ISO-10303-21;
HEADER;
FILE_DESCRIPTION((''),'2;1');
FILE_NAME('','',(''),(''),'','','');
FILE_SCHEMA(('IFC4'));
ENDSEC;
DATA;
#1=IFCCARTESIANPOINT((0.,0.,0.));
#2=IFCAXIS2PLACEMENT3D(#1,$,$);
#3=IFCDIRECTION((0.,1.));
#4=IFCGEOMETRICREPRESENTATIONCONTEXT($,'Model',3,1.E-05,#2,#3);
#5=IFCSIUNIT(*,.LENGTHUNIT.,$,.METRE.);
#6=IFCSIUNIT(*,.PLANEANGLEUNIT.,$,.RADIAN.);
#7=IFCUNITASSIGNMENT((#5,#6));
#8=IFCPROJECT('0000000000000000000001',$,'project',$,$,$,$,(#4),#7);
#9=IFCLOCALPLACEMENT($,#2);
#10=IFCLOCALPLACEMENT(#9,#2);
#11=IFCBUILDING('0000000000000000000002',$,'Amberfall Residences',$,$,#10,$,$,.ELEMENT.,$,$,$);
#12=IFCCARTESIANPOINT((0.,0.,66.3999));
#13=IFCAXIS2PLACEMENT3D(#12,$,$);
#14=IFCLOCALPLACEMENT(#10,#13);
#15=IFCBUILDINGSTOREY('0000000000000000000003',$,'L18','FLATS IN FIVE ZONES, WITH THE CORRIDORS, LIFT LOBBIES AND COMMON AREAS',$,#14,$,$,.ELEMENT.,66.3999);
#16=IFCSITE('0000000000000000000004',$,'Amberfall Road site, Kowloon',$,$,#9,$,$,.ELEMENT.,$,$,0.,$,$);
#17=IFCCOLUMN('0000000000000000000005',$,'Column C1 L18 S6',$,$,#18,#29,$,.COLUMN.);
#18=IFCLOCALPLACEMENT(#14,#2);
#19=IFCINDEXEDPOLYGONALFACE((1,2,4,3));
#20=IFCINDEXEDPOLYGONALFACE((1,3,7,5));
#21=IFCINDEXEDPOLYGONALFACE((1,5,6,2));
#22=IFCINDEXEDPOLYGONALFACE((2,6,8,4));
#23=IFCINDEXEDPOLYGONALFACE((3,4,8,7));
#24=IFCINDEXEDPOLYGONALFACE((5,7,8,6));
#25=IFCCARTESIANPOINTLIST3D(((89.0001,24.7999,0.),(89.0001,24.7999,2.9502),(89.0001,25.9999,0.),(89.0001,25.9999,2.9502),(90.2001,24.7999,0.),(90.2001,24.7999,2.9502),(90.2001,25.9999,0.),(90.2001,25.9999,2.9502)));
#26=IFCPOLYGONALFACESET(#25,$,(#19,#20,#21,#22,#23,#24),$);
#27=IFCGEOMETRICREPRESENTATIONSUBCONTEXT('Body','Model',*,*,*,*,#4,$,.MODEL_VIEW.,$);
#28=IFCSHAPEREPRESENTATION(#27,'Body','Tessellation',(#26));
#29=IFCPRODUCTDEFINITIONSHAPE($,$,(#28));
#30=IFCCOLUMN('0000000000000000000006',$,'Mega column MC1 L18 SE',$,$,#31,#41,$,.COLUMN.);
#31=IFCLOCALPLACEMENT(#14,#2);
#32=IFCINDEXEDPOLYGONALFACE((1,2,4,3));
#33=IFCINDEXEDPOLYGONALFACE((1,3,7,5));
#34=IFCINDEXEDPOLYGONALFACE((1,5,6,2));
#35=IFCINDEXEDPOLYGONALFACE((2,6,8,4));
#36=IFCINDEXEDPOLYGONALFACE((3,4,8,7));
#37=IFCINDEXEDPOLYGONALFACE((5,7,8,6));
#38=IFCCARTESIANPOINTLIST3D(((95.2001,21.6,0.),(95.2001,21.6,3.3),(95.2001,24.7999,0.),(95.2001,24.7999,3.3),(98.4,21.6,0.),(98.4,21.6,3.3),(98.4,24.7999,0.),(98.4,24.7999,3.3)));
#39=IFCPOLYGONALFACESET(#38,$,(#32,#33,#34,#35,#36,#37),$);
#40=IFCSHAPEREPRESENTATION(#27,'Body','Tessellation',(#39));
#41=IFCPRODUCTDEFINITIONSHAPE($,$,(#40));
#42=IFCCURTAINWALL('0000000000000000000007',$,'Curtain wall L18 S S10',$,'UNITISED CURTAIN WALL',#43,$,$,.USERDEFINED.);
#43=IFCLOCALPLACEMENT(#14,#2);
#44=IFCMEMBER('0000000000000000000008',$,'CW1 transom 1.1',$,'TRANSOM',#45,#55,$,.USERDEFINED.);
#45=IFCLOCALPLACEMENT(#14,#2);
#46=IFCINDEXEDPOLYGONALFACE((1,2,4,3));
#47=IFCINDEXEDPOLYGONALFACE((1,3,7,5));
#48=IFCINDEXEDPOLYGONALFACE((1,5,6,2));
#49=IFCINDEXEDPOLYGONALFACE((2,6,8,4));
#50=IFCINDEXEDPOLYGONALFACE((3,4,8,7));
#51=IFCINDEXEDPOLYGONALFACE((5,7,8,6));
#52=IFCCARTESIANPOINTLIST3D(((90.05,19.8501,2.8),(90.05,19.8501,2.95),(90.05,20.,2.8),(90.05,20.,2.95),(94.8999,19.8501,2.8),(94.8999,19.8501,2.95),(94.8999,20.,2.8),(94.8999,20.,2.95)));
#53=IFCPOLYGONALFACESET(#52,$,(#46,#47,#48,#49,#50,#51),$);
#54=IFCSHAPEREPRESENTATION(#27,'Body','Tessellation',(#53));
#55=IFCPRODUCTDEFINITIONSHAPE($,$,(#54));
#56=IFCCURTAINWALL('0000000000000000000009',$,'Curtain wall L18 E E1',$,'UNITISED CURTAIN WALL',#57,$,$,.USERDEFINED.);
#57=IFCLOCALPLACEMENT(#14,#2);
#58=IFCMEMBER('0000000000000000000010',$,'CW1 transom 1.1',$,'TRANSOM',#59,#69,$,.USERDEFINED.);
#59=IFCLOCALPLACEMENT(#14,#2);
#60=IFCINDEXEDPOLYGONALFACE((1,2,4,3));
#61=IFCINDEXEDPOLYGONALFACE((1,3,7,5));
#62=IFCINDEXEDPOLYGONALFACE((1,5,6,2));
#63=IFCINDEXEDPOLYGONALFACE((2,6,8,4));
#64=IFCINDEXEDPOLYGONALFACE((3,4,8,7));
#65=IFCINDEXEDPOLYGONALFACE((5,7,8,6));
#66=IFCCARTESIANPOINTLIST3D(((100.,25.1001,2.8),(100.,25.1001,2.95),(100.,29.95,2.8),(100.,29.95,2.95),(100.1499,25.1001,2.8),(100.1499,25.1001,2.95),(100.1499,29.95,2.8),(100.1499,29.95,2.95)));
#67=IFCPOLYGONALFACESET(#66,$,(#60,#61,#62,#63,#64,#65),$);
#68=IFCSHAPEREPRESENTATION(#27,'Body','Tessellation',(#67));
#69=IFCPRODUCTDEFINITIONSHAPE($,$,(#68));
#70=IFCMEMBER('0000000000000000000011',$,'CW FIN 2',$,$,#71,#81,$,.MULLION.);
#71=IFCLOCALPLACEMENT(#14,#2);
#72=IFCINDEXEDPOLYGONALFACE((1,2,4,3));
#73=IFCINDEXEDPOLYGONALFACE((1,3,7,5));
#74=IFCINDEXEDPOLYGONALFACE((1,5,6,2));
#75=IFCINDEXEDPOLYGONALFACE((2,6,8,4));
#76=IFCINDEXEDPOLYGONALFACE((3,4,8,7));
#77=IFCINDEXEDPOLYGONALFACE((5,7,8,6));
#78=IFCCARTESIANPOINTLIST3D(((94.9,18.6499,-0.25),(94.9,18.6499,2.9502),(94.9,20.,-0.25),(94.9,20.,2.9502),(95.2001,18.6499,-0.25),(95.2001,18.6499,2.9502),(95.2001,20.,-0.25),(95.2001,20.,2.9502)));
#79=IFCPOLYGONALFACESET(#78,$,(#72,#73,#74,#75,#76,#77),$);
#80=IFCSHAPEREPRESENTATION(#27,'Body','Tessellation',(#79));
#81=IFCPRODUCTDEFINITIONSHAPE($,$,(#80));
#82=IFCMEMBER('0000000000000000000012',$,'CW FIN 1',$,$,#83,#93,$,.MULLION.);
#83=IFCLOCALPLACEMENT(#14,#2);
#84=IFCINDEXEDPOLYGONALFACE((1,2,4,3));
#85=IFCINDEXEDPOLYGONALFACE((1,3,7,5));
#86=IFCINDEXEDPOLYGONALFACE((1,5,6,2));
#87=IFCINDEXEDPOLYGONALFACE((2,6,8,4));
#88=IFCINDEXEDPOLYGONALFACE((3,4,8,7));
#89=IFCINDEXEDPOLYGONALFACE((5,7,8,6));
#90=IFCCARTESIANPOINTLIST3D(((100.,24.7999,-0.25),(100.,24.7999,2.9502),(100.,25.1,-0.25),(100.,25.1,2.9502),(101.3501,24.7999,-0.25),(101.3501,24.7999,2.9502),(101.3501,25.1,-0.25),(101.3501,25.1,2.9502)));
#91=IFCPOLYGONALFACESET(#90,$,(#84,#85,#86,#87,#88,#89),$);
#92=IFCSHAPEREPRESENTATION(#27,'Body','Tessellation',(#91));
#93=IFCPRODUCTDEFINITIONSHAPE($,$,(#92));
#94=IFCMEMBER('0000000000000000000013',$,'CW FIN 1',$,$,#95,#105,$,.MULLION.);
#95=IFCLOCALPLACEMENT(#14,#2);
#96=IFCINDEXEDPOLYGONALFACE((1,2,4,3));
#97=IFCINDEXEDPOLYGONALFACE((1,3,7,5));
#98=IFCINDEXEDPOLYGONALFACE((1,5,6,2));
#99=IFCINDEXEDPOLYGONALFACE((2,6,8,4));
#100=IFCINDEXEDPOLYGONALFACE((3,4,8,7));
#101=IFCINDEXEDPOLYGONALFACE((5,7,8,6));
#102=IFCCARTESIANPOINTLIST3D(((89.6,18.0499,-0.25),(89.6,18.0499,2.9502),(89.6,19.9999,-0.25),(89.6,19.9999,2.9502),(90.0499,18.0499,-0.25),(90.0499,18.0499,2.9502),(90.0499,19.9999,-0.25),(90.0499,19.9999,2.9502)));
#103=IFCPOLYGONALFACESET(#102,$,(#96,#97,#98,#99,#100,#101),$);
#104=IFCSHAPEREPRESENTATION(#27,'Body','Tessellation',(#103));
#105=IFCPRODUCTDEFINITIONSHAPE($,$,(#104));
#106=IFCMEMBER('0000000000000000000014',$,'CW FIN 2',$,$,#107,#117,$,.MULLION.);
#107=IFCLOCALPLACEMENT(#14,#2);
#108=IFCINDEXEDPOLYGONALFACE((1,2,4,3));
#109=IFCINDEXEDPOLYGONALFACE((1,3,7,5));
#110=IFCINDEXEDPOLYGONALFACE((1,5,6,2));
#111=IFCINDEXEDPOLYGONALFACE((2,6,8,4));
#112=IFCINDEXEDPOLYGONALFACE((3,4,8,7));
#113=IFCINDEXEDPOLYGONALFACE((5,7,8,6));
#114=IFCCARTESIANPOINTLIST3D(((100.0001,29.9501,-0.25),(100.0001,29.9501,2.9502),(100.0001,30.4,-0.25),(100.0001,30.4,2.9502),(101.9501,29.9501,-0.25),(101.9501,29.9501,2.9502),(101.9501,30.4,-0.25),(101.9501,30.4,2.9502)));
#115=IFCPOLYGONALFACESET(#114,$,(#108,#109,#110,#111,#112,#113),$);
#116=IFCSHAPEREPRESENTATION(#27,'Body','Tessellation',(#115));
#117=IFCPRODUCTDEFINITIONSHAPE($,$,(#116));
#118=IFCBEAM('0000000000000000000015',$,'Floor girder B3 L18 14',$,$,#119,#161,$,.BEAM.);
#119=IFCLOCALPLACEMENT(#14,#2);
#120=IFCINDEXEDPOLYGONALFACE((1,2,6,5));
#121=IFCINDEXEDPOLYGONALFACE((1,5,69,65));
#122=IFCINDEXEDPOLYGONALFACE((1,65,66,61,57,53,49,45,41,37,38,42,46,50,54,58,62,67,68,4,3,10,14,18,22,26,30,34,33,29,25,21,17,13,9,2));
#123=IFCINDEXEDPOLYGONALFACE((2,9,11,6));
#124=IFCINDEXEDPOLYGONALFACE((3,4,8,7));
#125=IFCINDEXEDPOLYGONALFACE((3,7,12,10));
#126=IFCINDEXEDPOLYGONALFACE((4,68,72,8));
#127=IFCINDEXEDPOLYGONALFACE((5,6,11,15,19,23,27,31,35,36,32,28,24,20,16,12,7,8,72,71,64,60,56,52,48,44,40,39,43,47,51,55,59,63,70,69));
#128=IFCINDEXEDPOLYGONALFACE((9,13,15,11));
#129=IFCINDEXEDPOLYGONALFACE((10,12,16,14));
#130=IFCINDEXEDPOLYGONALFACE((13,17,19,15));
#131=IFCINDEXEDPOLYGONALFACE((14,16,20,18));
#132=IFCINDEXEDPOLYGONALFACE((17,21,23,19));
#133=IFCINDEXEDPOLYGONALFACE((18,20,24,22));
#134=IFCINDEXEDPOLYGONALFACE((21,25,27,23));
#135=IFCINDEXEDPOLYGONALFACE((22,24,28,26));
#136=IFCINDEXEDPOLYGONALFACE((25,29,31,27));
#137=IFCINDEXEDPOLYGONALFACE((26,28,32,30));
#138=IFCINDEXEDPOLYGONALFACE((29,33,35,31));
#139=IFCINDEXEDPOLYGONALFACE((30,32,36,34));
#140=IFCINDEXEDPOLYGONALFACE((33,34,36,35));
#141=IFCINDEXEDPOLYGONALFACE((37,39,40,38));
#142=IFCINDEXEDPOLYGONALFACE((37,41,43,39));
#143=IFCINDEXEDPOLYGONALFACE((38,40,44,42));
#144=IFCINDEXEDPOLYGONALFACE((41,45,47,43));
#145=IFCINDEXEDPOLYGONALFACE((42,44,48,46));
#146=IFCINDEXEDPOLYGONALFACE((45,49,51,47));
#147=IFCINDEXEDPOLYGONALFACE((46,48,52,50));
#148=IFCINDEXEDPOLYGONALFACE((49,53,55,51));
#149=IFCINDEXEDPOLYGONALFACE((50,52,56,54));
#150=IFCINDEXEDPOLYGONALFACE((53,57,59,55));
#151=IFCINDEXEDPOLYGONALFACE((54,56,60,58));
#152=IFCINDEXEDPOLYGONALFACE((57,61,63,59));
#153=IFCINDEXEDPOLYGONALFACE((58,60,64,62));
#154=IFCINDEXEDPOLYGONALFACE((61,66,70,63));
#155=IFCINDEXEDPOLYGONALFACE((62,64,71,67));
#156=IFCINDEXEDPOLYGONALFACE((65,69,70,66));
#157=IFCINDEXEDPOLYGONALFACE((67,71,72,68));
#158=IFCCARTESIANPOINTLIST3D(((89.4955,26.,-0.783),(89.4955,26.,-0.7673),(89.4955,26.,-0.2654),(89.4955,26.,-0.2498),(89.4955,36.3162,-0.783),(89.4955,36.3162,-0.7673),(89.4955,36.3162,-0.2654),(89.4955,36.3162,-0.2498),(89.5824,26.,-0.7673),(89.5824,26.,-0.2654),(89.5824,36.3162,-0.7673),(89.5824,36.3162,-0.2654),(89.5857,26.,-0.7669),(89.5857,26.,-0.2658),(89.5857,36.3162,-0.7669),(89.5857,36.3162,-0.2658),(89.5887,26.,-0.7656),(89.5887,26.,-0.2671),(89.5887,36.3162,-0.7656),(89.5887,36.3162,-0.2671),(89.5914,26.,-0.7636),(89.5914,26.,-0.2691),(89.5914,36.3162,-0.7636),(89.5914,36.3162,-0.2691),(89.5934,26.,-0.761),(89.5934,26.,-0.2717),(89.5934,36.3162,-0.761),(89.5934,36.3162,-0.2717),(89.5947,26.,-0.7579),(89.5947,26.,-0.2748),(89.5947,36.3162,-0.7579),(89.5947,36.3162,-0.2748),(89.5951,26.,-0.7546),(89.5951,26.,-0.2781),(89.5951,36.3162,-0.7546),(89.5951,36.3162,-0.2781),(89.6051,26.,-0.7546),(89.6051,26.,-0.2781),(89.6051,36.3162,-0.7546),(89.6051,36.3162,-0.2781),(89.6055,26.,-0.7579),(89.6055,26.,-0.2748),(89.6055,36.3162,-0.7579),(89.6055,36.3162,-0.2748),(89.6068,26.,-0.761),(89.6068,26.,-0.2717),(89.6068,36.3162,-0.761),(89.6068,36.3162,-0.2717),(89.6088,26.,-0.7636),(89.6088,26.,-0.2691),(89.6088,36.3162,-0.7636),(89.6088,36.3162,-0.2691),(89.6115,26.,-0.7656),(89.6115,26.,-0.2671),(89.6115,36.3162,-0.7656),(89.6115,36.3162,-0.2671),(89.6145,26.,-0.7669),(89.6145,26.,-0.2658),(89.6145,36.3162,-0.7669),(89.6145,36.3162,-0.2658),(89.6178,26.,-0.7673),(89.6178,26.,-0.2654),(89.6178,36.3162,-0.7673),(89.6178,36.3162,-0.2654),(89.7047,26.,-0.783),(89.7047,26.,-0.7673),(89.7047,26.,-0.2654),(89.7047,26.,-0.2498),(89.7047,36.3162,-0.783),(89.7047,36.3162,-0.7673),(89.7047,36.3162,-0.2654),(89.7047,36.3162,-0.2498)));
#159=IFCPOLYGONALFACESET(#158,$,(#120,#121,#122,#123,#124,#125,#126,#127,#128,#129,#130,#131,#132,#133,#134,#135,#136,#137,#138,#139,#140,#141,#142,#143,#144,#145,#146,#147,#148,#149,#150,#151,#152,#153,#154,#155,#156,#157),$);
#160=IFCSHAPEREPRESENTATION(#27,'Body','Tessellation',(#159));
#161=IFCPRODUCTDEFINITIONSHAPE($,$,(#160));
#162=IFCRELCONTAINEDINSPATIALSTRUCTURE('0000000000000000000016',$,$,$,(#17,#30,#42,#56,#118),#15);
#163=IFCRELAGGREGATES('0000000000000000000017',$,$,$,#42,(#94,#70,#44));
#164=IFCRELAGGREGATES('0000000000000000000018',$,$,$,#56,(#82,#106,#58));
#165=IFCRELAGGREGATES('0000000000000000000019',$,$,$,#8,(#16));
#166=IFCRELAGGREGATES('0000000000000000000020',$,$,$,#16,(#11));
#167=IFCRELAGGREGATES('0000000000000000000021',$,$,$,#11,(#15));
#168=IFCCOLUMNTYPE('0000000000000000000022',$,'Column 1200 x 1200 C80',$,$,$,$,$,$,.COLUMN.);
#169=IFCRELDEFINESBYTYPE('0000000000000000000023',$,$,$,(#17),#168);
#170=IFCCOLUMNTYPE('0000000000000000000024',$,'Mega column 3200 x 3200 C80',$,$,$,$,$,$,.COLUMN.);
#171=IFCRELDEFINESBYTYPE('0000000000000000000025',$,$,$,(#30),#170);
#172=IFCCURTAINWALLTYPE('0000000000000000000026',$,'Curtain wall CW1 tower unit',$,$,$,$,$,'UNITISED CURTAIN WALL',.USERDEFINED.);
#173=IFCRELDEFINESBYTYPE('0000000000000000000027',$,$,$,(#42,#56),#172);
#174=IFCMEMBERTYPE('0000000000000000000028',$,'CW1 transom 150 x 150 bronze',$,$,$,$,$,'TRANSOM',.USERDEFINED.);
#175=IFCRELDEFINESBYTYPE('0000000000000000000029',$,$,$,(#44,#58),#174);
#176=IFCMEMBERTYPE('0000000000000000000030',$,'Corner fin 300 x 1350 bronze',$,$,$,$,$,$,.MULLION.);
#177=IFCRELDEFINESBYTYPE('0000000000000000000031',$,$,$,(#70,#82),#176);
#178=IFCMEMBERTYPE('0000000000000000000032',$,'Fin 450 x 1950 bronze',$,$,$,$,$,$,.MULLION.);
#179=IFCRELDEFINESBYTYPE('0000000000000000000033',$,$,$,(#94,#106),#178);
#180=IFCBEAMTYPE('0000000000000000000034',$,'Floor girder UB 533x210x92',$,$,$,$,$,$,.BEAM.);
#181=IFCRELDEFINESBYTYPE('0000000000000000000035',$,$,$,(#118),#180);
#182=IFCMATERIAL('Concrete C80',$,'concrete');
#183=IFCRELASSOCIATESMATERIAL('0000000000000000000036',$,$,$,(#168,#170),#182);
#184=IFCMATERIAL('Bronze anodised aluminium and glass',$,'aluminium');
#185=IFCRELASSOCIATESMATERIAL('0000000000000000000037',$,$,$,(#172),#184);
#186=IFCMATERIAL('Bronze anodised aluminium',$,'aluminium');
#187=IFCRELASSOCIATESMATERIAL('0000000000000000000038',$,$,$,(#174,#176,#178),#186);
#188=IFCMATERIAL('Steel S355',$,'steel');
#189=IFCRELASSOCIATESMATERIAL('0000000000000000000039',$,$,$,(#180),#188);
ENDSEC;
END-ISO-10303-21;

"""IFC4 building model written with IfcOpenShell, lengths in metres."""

from ifc_helpers import new_model, si_unit, direction, frame, origin, origin_2d, place, context, subcontext, project, spatial, rectangle, i_section, extrude, material, material_profile, profile_set, type_object, element, aggregate, save


model = new_model("IFC4")

# Units and contexts
model_context = context("Model", 3, precision=1e-05, world=origin(), true_north=direction((0.0, 1.0)))
body_context = subcontext(model_context, "Body", "Model", "MODEL_VIEW")
ifc_project = project(units=[si_unit("LENGTHUNIT", "METRE"), si_unit("PLANEANGLEUNIT", "RADIAN")], contexts=[model_context])

# Site, building, storey
site_placement = place(None, origin())
site = spatial("IfcSite", under=ifc_project, at=site_placement, Name="Amberfall Road site, Kowloon", CompositionType="ELEMENT", RefElevation=0.0)
building_placement = place(site_placement, origin())
building = spatial("IfcBuilding", under=site, at=building_placement, Name="Amberfall Residences", CompositionType="ELEMENT")
storey_placement = place(building_placement, frame((0.0, 0.0, 66.3999)))
storey = spatial("IfcBuildingStorey", under=building, at=storey_placement, Name="L18", Description="FLATS IN FIVE ZONES, WITH THE CORRIDORS, LIFT LOBBIES AND COMMON AREAS", CompositionType="ELEMENT", Elevation=66.3999)

# Columns
ifc_material_1 = material(Name="Concrete C80", Category="concrete")
ifc_material_profile_1 = material_profile(ifc_material_1, rectangle(XDim=1.2, YDim=1.2, at=origin_2d()), Name="Column 1200 x 1200 C80")
ifc_profile_set_1 = profile_set([ifc_material_profile_1], Name="Concrete C80")
column_type_1 = type_object("IfcColumnType", Name="Column 1200 x 1200 C80", PredefinedType="COLUMN", material=ifc_profile_set_1)
column_1_placement = place(storey_placement, frame((89.6001, 25.3999, 0.0), z_axis=(0.0, 0.0, 1.0), x_axis=(1.0, 0.0, 0.0)))
element("IfcColumn", 1, at=column_1_placement, inside=storey, type_object=column_type_1, Name="Column C1 L18 S6", PredefinedType="COLUMN", context=body_context, shape_type="SweptSolid", body=[
    extrude(rectangle(XDim=1.2, YDim=1.2, at=origin_2d()), origin(), (0.0, 0.0, 1.0), 2.9502),
])
ifc_material_profile_2 = material_profile(ifc_material_1, rectangle(XDim=3.2, YDim=3.2, at=origin_2d()), Name="Mega column 3200 x 3200 C80")
ifc_profile_set_2 = profile_set([ifc_material_profile_2], Name="Concrete C80")
column_type_2 = type_object("IfcColumnType", Name="Mega column 3200 x 3200 C80", PredefinedType="COLUMN", material=ifc_profile_set_2)
column_2_placement = place(storey_placement, frame((96.8, 23.2, 0.0), z_axis=(0.0, 0.0, 1.0), x_axis=(1.0, 0.0, 0.0)))
element("IfcColumn", 2, at=column_2_placement, inside=storey, type_object=column_type_2, Name="Mega column MC1 L18 SE", PredefinedType="COLUMN", context=body_context, shape_type="SweptSolid", body=[
    extrude(rectangle(XDim=3.2, YDim=3.2, at=origin_2d()), origin(), (0.0, 0.0, 1.0), 3.3),
])

# Curtain walls, members
ifc_material_2 = material(Name="Bronze anodised aluminium and glass", Category="aluminium")
curtain_wall_type = type_object("IfcCurtainWallType", Name="Curtain wall CW1 tower unit", ElementType="UNITISED CURTAIN WALL", PredefinedType="USERDEFINED", material=ifc_material_2)
curtain_wall_1_placement = place(storey_placement, origin())
curtain_wall_1 = element("IfcCurtainWall", 3, at=curtain_wall_1_placement, inside=storey, type_object=curtain_wall_type, Name="Curtain wall L18 S S10", ObjectType="UNITISED CURTAIN WALL", PredefinedType="USERDEFINED")
ifc_material_3 = material(Name="Bronze anodised aluminium", Category="aluminium")
ifc_material_profile_3 = material_profile(ifc_material_3, rectangle(XDim=0.1499, YDim=0.1499, at=origin_2d()), Name="CW1 transom 150 x 150 bronze")
ifc_profile_set_3 = profile_set([ifc_material_profile_3], Name="Bronze anodised aluminium")
member_type_1 = type_object("IfcMemberType", Name="CW1 transom 150 x 150 bronze", ElementType="TRANSOM", PredefinedType="USERDEFINED", material=ifc_profile_set_3)
member_1_placement = place(storey_placement, frame((90.05, 19.925, 2.875), z_axis=(1.0, 0.0, 0.0), x_axis=(0.0, 1.0, 0.0)))
member_1 = element("IfcMember", 4, at=member_1_placement, type_object=member_type_1, Name="CW1 transom 1.1", ObjectType="TRANSOM", PredefinedType="USERDEFINED", context=body_context, shape_type="SweptSolid", body=[
    extrude(rectangle(XDim=0.1499, YDim=0.1499, at=origin_2d()), origin(), (0.0, 0.0, 1.0), 4.8499),
])
curtain_wall_2_placement = place(storey_placement, origin())
curtain_wall_2 = element("IfcCurtainWall", 5, at=curtain_wall_2_placement, inside=storey, type_object=curtain_wall_type, Name="Curtain wall L18 E E1", ObjectType="UNITISED CURTAIN WALL", PredefinedType="USERDEFINED")
member_2_placement = place(storey_placement, frame((100.075, 25.1001, 2.875), z_axis=(0.0, 1.0, 0.0), x_axis=(-1.0, 0.0, 0.0)))
member_2 = element("IfcMember", 6, at=member_2_placement, type_object=member_type_1, Name="CW1 transom 1.1", ObjectType="TRANSOM", PredefinedType="USERDEFINED", context=body_context, shape_type="SweptSolid", body=[
    extrude(rectangle(XDim=0.1499, YDim=0.1499, at=origin_2d()), origin(), (0.0, 0.0, 1.0), 4.8499),
])

# Members
ifc_material_profile_4 = material_profile(ifc_material_3, rectangle(XDim=1.3501, YDim=0.3, at=origin_2d()), Name="Corner fin 300 x 1350 bronze")
ifc_profile_set_4 = profile_set([ifc_material_profile_4], Name="Bronze anodised aluminium")
member_type_2 = type_object("IfcMemberType", Name="Corner fin 300 x 1350 bronze", PredefinedType="MULLION", material=ifc_profile_set_4)
member_3_placement = place(storey_placement, frame((95.05, 19.325, -0.25), z_axis=(0.0, 0.0, 1.0), x_axis=(0.0, 1.0, 0.0)))
member_3 = element("IfcMember", 7, at=member_3_placement, type_object=member_type_2, Name="CW FIN 2", PredefinedType="MULLION", context=body_context, shape_type="SweptSolid", body=[
    extrude(rectangle(XDim=1.3501, YDim=0.3, at=origin_2d()), origin(), (0.0, 0.0, 1.0), 3.2002),
])
member_4_placement = place(storey_placement, frame((100.675, 24.95, -0.25), z_axis=(0.0, 0.0, 1.0), x_axis=(-1.0, 0.0, 0.0)))
member_4 = element("IfcMember", 8, at=member_4_placement, type_object=member_type_2, Name="CW FIN 1", PredefinedType="MULLION", context=body_context, shape_type="SweptSolid", body=[
    extrude(rectangle(XDim=1.3501, YDim=0.3, at=origin_2d()), origin(), (0.0, 0.0, 1.0), 3.2002),
])
ifc_material_profile_5 = material_profile(ifc_material_3, rectangle(XDim=1.95, YDim=0.45, at=origin_2d()), Name="Fin 450 x 1950 bronze")
ifc_profile_set_5 = profile_set([ifc_material_profile_5], Name="Bronze anodised aluminium")
member_type_3 = type_object("IfcMemberType", Name="Fin 450 x 1950 bronze", PredefinedType="MULLION", material=ifc_profile_set_5)
member_5_placement = place(storey_placement, frame((89.825, 19.0249, -0.25), z_axis=(0.0, 0.0, 1.0), x_axis=(0.0, 1.0, 0.0)))
member_5 = element("IfcMember", 9, at=member_5_placement, type_object=member_type_3, Name="CW FIN 1", PredefinedType="MULLION", context=body_context, shape_type="SweptSolid", body=[
    extrude(rectangle(XDim=1.95, YDim=0.45, at=origin_2d()), origin(), (0.0, 0.0, 1.0), 3.2002),
])
member_6_placement = place(storey_placement, frame((100.9751, 30.175, -0.25), z_axis=(0.0, 0.0, 1.0), x_axis=(-1.0, 0.0, 0.0)))
member_6 = element("IfcMember", 10, at=member_6_placement, type_object=member_type_3, Name="CW FIN 2", PredefinedType="MULLION", context=body_context, shape_type="SweptSolid", body=[
    extrude(rectangle(XDim=1.95, YDim=0.45, at=origin_2d()), origin(), (0.0, 0.0, 1.0), 3.2002),
])

# Beam
ifc_material_4 = material(Name="Steel S355", Category="steel")
ifc_material_profile_6 = material_profile(ifc_material_4, i_section(OverallWidth=0.2092, OverallDepth=0.5332, WebThickness=0.01, FlangeThickness=0.0156, FilletRadius=0.0127, at=origin_2d()), Name="UB 533x210x92")
ifc_profile_set_6 = profile_set([ifc_material_profile_6], Name="Steel S355")
beam_type_1 = type_object("IfcBeamType", Name="Floor girder UB 533x210x92", PredefinedType="BEAM", material=ifc_profile_set_6)
beam_1_placement = place(storey_placement, frame((89.6001, 26.0, -0.5164), z_axis=(0.0, 1.0, 0.0), x_axis=(-1.0, 0.0, 0.0)))
element("IfcBeam", 11, at=beam_1_placement, inside=storey, type_object=beam_type_1, Name="Floor girder B3 L18 14", PredefinedType="BEAM", context=body_context, shape_type="SweptSolid", body=[
    extrude(i_section(OverallWidth=0.2092, OverallDepth=0.5332, WebThickness=0.01, FlangeThickness=0.0156, FilletRadius=0.0127, at=origin_2d()), origin(), (0.0, 0.0, 1.0), 10.3162),
])

aggregate(curtain_wall_1, [member_5, member_3, member_1])
aggregate(curtain_wall_2, [member_4, member_6, member_2])

save(model, "model.ifc")
